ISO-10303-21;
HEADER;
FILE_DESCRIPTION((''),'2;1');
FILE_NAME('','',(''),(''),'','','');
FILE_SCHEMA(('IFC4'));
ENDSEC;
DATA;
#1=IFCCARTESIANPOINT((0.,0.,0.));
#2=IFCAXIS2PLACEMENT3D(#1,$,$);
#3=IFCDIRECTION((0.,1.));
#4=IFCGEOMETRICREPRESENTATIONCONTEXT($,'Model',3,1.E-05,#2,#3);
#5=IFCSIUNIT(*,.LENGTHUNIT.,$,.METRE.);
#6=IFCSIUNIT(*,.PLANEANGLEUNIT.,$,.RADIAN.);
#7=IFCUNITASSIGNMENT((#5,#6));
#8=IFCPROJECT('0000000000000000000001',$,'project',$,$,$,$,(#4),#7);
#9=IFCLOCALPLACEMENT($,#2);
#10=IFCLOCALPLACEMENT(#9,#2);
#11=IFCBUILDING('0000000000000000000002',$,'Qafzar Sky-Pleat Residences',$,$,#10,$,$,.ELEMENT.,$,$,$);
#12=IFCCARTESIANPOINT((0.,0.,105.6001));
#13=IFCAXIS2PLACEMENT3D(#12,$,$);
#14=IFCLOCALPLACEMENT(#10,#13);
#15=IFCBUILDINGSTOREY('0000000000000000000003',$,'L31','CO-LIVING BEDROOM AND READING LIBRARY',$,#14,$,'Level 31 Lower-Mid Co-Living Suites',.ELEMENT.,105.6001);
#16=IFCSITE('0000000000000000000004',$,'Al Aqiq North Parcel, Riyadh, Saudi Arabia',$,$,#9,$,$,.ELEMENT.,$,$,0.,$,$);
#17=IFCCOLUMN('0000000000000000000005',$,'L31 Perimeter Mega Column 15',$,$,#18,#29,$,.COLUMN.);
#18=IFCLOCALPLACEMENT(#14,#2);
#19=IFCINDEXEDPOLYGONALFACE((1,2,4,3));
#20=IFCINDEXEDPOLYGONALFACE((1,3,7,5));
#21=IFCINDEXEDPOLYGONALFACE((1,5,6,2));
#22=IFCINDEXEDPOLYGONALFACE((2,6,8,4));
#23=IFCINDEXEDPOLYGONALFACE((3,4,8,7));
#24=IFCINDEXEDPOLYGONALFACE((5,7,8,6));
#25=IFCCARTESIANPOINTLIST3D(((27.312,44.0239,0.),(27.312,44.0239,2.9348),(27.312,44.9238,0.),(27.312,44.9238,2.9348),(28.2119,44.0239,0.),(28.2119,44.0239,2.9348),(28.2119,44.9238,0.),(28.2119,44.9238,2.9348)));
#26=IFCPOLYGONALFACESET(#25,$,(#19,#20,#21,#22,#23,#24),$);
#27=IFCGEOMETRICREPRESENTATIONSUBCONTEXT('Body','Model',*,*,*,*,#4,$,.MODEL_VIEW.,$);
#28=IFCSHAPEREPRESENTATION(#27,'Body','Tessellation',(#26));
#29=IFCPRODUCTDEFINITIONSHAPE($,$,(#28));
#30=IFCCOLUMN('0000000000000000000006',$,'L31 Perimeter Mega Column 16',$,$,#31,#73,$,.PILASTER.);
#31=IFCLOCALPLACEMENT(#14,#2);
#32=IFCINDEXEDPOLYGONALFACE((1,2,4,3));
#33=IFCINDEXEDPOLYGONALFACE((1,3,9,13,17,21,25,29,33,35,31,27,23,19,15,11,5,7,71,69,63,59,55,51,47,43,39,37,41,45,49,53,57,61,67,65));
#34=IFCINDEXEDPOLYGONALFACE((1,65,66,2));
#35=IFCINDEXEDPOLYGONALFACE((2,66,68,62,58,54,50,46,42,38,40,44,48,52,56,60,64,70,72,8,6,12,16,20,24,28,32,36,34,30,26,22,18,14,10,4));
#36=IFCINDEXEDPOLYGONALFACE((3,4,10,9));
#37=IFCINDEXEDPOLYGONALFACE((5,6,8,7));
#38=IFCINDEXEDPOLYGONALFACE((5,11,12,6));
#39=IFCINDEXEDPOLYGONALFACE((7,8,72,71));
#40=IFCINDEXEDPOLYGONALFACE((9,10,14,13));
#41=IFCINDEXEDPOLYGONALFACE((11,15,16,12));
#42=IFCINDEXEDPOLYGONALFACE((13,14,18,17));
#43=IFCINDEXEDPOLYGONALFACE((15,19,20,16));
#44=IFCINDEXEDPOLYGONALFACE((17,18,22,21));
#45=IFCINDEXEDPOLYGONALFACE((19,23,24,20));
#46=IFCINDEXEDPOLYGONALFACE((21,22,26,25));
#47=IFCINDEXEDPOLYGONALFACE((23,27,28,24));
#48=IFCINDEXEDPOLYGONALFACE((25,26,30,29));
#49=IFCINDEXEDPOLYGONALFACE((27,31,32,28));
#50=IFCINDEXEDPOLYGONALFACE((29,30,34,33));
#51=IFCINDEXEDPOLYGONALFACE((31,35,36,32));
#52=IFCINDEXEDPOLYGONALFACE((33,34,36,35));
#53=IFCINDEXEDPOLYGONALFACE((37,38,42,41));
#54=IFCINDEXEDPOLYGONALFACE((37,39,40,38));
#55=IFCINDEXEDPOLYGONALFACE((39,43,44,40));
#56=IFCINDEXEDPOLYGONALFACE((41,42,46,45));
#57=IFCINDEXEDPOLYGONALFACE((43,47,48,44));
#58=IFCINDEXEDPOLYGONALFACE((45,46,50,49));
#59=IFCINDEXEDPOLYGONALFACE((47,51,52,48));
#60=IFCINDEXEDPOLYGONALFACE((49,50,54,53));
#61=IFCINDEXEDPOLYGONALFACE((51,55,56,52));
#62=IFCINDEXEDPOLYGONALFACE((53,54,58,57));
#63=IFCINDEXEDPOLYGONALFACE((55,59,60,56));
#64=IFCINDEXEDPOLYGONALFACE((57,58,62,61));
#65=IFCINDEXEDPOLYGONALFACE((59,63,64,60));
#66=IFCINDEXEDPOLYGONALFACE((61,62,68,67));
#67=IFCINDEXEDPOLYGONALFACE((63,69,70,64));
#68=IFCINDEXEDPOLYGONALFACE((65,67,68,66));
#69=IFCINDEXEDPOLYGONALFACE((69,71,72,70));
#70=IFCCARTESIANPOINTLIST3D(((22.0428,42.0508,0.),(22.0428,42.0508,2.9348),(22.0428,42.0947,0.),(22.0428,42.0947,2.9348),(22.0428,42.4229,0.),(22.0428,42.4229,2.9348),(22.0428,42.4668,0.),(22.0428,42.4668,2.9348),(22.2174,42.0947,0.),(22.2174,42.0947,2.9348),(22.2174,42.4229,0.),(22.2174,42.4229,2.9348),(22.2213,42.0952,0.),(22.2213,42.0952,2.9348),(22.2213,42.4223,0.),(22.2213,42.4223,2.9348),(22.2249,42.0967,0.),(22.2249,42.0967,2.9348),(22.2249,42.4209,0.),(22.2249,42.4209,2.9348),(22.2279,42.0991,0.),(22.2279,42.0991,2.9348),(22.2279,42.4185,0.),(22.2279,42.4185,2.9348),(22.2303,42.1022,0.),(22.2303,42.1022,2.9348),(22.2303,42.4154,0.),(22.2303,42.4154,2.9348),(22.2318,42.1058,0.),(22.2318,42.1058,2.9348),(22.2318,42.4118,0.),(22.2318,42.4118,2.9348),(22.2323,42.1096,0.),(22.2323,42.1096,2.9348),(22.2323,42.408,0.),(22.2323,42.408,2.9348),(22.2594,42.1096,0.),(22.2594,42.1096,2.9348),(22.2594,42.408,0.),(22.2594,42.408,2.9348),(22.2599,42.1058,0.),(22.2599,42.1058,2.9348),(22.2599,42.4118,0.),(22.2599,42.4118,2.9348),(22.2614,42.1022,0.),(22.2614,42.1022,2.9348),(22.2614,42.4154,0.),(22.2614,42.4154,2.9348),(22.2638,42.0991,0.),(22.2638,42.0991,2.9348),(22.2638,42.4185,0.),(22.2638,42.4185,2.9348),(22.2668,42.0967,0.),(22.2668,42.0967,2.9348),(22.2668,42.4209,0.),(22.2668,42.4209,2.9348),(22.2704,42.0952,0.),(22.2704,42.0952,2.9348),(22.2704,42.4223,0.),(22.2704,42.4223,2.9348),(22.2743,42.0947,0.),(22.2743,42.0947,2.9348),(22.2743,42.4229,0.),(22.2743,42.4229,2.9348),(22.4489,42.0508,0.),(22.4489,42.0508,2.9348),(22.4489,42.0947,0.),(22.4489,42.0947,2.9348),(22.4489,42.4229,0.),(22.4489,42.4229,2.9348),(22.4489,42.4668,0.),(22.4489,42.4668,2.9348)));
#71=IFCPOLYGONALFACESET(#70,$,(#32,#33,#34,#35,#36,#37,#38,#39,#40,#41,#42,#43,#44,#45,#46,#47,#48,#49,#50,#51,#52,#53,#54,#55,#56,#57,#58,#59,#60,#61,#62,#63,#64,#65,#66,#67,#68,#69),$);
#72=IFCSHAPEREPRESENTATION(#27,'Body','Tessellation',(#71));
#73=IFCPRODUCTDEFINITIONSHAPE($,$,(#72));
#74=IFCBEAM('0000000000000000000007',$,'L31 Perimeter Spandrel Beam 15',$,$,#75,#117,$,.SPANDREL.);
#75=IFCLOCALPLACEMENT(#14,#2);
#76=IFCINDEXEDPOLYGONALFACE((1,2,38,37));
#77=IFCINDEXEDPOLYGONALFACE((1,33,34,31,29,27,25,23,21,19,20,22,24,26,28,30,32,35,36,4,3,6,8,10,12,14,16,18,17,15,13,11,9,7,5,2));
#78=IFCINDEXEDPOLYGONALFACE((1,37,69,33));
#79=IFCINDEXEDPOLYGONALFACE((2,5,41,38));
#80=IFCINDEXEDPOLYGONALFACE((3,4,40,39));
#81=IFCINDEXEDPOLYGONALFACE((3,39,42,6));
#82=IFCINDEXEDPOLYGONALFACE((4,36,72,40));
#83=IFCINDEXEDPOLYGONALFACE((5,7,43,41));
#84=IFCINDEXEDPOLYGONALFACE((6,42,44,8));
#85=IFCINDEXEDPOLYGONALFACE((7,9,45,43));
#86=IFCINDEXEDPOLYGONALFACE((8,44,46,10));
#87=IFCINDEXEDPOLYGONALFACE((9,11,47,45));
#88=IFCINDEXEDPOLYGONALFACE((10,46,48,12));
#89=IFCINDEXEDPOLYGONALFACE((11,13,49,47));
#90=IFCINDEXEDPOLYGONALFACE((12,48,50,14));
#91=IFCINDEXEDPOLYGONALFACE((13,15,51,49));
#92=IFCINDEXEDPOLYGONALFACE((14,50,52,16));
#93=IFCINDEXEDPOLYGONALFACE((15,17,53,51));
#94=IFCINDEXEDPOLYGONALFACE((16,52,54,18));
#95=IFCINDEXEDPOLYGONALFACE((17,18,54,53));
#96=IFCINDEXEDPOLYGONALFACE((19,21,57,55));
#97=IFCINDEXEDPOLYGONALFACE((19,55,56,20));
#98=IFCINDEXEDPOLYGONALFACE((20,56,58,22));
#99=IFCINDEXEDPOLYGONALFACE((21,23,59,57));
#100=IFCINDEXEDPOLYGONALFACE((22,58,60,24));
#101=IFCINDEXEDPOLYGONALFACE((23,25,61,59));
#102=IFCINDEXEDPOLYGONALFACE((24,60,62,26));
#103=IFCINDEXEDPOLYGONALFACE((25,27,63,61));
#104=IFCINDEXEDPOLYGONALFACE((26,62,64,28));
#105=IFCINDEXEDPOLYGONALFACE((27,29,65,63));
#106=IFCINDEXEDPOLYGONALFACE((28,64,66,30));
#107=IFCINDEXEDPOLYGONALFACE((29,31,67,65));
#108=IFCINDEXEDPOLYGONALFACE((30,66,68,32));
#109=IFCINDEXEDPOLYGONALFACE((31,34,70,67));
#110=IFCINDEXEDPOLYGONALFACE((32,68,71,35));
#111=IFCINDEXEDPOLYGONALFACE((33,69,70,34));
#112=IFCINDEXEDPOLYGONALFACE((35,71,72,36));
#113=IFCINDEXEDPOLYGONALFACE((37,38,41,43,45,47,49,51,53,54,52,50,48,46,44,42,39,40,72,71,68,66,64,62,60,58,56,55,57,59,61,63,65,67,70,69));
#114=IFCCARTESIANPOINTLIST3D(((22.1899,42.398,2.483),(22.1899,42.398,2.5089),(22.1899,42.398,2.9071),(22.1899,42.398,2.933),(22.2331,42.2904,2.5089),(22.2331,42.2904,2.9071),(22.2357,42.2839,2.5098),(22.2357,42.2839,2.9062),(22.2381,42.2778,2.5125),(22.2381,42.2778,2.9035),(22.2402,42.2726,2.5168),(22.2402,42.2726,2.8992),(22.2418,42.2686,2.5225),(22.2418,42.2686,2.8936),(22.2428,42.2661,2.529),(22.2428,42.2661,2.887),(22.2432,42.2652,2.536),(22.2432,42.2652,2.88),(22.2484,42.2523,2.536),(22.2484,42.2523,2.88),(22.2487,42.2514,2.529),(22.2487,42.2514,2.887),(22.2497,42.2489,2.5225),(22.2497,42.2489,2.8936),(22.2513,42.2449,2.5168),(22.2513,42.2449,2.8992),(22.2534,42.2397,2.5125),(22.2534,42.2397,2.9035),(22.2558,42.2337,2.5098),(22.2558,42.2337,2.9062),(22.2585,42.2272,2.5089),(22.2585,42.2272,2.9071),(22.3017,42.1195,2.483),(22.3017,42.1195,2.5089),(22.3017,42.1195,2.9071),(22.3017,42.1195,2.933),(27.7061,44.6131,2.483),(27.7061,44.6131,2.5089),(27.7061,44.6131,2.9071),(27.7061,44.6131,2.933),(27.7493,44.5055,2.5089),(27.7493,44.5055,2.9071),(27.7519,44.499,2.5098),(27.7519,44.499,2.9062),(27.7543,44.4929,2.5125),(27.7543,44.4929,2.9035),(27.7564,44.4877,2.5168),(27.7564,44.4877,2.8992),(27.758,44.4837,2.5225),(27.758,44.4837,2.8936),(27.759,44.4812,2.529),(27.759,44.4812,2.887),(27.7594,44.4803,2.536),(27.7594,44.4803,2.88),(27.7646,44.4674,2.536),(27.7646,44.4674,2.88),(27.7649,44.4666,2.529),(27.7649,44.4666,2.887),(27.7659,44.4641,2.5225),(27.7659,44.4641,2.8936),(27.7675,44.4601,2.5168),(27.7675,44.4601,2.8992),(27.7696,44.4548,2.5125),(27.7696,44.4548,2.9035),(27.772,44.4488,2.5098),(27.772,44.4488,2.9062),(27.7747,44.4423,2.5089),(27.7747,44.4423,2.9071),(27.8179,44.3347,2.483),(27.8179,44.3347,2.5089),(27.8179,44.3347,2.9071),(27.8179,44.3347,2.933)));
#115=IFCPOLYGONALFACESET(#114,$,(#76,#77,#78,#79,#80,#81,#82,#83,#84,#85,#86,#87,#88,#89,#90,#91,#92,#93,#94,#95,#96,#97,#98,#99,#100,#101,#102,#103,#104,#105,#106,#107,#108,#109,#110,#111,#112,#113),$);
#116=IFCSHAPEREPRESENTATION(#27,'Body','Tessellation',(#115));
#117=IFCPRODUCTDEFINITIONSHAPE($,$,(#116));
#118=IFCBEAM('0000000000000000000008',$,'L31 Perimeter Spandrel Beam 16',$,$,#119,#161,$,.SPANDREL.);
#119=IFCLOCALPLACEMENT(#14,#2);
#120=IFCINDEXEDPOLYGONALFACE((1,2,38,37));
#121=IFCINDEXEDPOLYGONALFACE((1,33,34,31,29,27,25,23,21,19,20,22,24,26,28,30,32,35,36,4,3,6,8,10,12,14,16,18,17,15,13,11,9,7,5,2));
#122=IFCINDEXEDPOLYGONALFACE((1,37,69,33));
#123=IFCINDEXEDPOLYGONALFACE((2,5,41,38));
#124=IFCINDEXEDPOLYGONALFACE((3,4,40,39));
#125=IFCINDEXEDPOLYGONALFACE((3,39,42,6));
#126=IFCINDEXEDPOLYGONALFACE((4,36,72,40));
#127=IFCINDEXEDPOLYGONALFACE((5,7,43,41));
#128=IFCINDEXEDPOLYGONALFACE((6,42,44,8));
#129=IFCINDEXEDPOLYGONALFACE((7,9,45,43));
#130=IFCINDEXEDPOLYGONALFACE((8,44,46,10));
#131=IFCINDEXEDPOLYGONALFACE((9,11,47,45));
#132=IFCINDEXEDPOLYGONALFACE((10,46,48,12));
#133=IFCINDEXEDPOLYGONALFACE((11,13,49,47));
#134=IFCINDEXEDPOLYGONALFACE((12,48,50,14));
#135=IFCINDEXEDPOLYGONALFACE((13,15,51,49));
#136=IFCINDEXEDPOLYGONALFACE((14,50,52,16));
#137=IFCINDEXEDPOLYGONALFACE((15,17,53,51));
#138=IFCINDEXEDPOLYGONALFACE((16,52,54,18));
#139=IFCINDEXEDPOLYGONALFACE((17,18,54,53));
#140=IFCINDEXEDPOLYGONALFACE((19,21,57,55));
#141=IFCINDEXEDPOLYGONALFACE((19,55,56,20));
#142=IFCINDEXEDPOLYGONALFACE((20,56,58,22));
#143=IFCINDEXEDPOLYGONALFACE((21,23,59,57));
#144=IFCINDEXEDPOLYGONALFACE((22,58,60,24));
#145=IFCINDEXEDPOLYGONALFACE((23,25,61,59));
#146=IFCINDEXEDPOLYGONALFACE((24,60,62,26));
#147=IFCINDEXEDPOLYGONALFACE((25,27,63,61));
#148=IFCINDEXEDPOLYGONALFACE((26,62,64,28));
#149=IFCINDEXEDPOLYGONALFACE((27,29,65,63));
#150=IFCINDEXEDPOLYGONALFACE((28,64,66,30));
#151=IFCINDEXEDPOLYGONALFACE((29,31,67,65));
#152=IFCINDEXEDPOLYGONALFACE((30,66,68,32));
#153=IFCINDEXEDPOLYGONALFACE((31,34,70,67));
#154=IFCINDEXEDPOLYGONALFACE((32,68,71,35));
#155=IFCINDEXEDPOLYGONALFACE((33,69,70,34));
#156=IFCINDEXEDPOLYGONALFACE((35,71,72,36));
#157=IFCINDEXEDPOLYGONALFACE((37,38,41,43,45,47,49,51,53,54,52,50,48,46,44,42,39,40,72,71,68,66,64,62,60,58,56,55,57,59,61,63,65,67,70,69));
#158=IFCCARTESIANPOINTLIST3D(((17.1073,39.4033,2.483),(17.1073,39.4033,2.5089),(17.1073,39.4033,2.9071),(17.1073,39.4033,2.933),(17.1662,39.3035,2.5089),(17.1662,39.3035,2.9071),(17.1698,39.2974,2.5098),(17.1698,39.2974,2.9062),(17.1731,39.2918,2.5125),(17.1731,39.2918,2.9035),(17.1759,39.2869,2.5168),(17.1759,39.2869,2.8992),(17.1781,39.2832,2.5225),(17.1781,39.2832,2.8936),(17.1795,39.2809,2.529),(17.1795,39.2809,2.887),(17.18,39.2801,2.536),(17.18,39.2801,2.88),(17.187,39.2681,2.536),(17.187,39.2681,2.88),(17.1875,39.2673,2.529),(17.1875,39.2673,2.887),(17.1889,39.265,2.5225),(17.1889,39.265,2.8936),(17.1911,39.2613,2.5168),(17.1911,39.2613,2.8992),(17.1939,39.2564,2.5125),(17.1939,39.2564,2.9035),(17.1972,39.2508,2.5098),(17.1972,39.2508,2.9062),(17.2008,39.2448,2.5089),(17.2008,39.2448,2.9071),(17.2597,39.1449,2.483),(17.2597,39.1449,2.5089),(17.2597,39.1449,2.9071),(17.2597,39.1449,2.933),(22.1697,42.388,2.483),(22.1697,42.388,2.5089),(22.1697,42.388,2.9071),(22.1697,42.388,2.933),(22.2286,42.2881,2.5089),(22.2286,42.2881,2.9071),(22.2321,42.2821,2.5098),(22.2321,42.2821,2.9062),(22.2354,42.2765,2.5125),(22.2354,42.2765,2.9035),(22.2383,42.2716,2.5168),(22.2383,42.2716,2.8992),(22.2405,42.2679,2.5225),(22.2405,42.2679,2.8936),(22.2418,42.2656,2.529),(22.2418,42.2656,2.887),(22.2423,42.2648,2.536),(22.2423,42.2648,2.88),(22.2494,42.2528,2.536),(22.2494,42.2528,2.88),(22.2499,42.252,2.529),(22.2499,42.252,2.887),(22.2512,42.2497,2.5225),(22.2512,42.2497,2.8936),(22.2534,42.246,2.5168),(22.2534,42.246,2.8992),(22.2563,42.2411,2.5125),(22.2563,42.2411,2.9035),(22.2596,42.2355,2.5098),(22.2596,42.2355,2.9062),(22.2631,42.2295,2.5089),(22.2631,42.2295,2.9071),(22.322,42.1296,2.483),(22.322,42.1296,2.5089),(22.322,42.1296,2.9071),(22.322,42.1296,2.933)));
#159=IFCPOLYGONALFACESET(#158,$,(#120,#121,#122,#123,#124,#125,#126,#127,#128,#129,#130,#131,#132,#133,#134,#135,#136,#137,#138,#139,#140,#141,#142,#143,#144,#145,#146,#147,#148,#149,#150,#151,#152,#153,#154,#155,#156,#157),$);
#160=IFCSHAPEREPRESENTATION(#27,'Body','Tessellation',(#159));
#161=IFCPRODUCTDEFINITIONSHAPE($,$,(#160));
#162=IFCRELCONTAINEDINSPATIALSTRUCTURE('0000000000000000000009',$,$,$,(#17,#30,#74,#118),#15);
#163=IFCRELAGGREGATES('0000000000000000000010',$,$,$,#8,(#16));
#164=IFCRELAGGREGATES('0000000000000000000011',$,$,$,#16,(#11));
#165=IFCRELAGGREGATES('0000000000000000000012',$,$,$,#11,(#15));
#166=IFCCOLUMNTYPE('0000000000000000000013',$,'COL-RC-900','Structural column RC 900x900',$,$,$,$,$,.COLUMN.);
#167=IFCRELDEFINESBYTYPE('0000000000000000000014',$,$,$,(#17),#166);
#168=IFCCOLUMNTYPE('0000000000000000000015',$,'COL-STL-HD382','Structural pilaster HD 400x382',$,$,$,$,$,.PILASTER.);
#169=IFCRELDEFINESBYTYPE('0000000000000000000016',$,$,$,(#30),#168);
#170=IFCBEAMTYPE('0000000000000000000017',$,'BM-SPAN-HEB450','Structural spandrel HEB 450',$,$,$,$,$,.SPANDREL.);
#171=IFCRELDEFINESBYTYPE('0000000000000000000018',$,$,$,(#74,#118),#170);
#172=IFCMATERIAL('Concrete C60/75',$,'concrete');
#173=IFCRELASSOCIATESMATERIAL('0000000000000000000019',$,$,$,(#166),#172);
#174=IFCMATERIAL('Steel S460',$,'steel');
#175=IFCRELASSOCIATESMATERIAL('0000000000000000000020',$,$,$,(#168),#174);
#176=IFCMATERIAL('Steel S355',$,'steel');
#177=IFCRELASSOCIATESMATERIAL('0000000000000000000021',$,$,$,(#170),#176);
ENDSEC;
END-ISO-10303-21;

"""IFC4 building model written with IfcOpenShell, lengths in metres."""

from ifc_helpers import new_model, si_unit, direction, frame, origin, origin_2d, place, context, subcontext, project, spatial, rectangle, i_section, extrude, source, transform, mapped, material, material_profile, profile_set, type_object, element, save


model = new_model("IFC4")

# Units and contexts
model_context = context("Model", 3, precision=1e-05, world=origin(), true_north=direction((0.0, 1.0)))
body_context = subcontext(model_context, "Body", "Model", "MODEL_VIEW")
ifc_project = project(units=[si_unit("LENGTHUNIT", "METRE"), si_unit("PLANEANGLEUNIT", "RADIAN")], contexts=[model_context])

# Site, building, storey
site_placement = place(None, origin())
site = spatial("IfcSite", under=ifc_project, at=site_placement, Name="Al Aqiq North Parcel, Riyadh, Saudi Arabia", CompositionType="ELEMENT", RefElevation=0.0)
building_placement = place(site_placement, origin())
building = spatial("IfcBuilding", under=site, at=building_placement, Name="Qafzar Sky-Pleat Residences", CompositionType="ELEMENT")
storey_placement = place(building_placement, frame((0.0, 0.0, 105.6001)))
storey = spatial("IfcBuildingStorey", under=building, at=storey_placement, Name="L31", Description="CO-LIVING BEDROOM AND READING LIBRARY", LongName="Level 31 Lower-Mid Co-Living Suites", CompositionType="ELEMENT", Elevation=105.6001)

# Columns
ifc_material_1 = material(Name="Concrete C60/75", Category="concrete")
ifc_material_profile_1 = material_profile(ifc_material_1, rectangle(XDim=0.8999, YDim=0.8999, at=origin_2d()), Name="RC 900x900")
ifc_profile_set_1 = profile_set([ifc_material_profile_1], Name="Concrete C60/75")
column_type_1 = type_object("IfcColumnType", Name="COL-RC-900", Description="Structural column RC 900x900", PredefinedType="COLUMN", material=ifc_profile_set_1)
shared_shape_1 = source(origin(), body_context, "Body", "SweptSolid", [
    extrude(rectangle(XDim=0.8999, YDim=0.8999, at=origin_2d()), origin(), (0.0, 0.0, 1.0), 2.9348),
])
column_1_placement = place(storey_placement, frame((27.762, 44.4739, 0.0), z_axis=(0.0, 0.0, 1.0), x_axis=(1.0, 0.0, 0.0)))
element("IfcColumn", 1, at=column_1_placement, inside=storey, type_object=column_type_1, Name="L31 Perimeter Mega Column 15", PredefinedType="COLUMN", context=body_context, shape_type="MappedRepresentation", body=[
    mapped(shared_shape_1, transform((0.0, 0.0, 0.0), x_axis=(1.0, 0.0, 0.0), y_axis=(0.0, 1.0, 0.0), z_axis=(0.0, 0.0, 1.0), scale=1.0)),
])
ifc_material_2 = material(Name="Steel S460", Category="steel")
ifc_material_profile_2 = material_profile(ifc_material_2, i_section(OverallWidth=0.406, OverallDepth=0.416, WebThickness=0.0271, FlangeThickness=0.0439, FilletRadius=0.0149, at=origin_2d()), Name="HD 400x382")
ifc_profile_set_2 = profile_set([ifc_material_profile_2], Name="Steel S460")
column_type_2 = type_object("IfcColumnType", Name="COL-STL-HD382", Description="Structural pilaster HD 400x382", PredefinedType="PILASTER", material=ifc_profile_set_2)
shared_shape_2 = source(origin(), body_context, "Body", "SweptSolid", [
    extrude(i_section(OverallWidth=0.406, OverallDepth=0.416, WebThickness=0.0271, FlangeThickness=0.0439, FilletRadius=0.0149, at=origin_2d()), origin(), (0.0, 0.0, 1.0), 2.9348),
])
column_2_placement = place(storey_placement, frame((22.2458, 42.2588, 0.0), z_axis=(0.0, 0.0, 1.0), x_axis=(1.0, 0.0, 0.0)))
element("IfcColumn", 2, at=column_2_placement, inside=storey, type_object=column_type_2, Name="L31 Perimeter Mega Column 16", PredefinedType="PILASTER", context=body_context, shape_type="MappedRepresentation", body=[
    mapped(shared_shape_2, transform((0.0, 0.0, 0.0), x_axis=(1.0, 0.0, 0.0), y_axis=(0.0, 1.0, 0.0), z_axis=(0.0, 0.0, 1.0), scale=1.0)),
])

# Beams
ifc_material_3 = material(Name="Steel S355", Category="steel")
ifc_material_profile_3 = material_profile(ifc_material_3, i_section(OverallWidth=0.3, OverallDepth=0.45, WebThickness=0.0139, FlangeThickness=0.0259, FilletRadius=0.0271, at=origin_2d()), Name="HEB 450")
ifc_profile_set_3 = profile_set([ifc_material_profile_3], Name="Steel S355")
beam_type_1 = type_object("IfcBeamType", Name="BM-SPAN-HEB450", Description="Structural spandrel HEB 450", PredefinedType="SPANDREL", material=ifc_profile_set_3)
shared_shape_3 = source(origin(), body_context, "Body", "SweptSolid", [
    extrude(i_section(OverallWidth=0.3, OverallDepth=0.45, WebThickness=0.0139, FlangeThickness=0.0259, FilletRadius=0.0271, at=origin_2d()), origin(), (0.0, 0.0, 1.0), 5.9443),
])
beam_1_placement = place(storey_placement, frame((27.762, 44.4739, 2.708), z_axis=(-0.927974, -0.372644, 0.0), x_axis=(0.372644, -0.927974, 0.0)))
element("IfcBeam", 3, at=beam_1_placement, inside=storey, type_object=beam_type_1, Name="L31 Perimeter Spandrel Beam 15", PredefinedType="SPANDREL", context=body_context, shape_type="MappedRepresentation", body=[
    mapped(shared_shape_3, transform((0.0, 0.0, 0.0), x_axis=(1.0, 0.0, 0.0), y_axis=(0.0, 1.0, 0.0), z_axis=(0.0, 0.0, 1.0), scale=1.0)),
])
shared_shape_4 = source(origin(), body_context, "Body", "SweptSolid", [
    extrude(i_section(OverallWidth=0.3, OverallDepth=0.45, WebThickness=0.0139, FlangeThickness=0.0259, FilletRadius=0.0271, at=origin_2d()), origin(), (0.0, 0.0, 1.0), 5.8767),
])
beam_2_placement = place(storey_placement, frame((22.2458, 42.2588, 2.708), z_axis=(-0.861426, -0.507882, 0.0), x_axis=(0.507882, -0.861426, 0.0)))
element("IfcBeam", 4, at=beam_2_placement, inside=storey, type_object=beam_type_1, Name="L31 Perimeter Spandrel Beam 16", PredefinedType="SPANDREL", context=body_context, shape_type="MappedRepresentation", body=[
    mapped(shared_shape_4, transform((0.0, 0.0, 0.0), x_axis=(1.0, 0.0, 0.0), y_axis=(0.0, 1.0, 0.0), z_axis=(0.0, 0.0, 1.0), scale=1.0)),
])

save(model, "model.ifc")
